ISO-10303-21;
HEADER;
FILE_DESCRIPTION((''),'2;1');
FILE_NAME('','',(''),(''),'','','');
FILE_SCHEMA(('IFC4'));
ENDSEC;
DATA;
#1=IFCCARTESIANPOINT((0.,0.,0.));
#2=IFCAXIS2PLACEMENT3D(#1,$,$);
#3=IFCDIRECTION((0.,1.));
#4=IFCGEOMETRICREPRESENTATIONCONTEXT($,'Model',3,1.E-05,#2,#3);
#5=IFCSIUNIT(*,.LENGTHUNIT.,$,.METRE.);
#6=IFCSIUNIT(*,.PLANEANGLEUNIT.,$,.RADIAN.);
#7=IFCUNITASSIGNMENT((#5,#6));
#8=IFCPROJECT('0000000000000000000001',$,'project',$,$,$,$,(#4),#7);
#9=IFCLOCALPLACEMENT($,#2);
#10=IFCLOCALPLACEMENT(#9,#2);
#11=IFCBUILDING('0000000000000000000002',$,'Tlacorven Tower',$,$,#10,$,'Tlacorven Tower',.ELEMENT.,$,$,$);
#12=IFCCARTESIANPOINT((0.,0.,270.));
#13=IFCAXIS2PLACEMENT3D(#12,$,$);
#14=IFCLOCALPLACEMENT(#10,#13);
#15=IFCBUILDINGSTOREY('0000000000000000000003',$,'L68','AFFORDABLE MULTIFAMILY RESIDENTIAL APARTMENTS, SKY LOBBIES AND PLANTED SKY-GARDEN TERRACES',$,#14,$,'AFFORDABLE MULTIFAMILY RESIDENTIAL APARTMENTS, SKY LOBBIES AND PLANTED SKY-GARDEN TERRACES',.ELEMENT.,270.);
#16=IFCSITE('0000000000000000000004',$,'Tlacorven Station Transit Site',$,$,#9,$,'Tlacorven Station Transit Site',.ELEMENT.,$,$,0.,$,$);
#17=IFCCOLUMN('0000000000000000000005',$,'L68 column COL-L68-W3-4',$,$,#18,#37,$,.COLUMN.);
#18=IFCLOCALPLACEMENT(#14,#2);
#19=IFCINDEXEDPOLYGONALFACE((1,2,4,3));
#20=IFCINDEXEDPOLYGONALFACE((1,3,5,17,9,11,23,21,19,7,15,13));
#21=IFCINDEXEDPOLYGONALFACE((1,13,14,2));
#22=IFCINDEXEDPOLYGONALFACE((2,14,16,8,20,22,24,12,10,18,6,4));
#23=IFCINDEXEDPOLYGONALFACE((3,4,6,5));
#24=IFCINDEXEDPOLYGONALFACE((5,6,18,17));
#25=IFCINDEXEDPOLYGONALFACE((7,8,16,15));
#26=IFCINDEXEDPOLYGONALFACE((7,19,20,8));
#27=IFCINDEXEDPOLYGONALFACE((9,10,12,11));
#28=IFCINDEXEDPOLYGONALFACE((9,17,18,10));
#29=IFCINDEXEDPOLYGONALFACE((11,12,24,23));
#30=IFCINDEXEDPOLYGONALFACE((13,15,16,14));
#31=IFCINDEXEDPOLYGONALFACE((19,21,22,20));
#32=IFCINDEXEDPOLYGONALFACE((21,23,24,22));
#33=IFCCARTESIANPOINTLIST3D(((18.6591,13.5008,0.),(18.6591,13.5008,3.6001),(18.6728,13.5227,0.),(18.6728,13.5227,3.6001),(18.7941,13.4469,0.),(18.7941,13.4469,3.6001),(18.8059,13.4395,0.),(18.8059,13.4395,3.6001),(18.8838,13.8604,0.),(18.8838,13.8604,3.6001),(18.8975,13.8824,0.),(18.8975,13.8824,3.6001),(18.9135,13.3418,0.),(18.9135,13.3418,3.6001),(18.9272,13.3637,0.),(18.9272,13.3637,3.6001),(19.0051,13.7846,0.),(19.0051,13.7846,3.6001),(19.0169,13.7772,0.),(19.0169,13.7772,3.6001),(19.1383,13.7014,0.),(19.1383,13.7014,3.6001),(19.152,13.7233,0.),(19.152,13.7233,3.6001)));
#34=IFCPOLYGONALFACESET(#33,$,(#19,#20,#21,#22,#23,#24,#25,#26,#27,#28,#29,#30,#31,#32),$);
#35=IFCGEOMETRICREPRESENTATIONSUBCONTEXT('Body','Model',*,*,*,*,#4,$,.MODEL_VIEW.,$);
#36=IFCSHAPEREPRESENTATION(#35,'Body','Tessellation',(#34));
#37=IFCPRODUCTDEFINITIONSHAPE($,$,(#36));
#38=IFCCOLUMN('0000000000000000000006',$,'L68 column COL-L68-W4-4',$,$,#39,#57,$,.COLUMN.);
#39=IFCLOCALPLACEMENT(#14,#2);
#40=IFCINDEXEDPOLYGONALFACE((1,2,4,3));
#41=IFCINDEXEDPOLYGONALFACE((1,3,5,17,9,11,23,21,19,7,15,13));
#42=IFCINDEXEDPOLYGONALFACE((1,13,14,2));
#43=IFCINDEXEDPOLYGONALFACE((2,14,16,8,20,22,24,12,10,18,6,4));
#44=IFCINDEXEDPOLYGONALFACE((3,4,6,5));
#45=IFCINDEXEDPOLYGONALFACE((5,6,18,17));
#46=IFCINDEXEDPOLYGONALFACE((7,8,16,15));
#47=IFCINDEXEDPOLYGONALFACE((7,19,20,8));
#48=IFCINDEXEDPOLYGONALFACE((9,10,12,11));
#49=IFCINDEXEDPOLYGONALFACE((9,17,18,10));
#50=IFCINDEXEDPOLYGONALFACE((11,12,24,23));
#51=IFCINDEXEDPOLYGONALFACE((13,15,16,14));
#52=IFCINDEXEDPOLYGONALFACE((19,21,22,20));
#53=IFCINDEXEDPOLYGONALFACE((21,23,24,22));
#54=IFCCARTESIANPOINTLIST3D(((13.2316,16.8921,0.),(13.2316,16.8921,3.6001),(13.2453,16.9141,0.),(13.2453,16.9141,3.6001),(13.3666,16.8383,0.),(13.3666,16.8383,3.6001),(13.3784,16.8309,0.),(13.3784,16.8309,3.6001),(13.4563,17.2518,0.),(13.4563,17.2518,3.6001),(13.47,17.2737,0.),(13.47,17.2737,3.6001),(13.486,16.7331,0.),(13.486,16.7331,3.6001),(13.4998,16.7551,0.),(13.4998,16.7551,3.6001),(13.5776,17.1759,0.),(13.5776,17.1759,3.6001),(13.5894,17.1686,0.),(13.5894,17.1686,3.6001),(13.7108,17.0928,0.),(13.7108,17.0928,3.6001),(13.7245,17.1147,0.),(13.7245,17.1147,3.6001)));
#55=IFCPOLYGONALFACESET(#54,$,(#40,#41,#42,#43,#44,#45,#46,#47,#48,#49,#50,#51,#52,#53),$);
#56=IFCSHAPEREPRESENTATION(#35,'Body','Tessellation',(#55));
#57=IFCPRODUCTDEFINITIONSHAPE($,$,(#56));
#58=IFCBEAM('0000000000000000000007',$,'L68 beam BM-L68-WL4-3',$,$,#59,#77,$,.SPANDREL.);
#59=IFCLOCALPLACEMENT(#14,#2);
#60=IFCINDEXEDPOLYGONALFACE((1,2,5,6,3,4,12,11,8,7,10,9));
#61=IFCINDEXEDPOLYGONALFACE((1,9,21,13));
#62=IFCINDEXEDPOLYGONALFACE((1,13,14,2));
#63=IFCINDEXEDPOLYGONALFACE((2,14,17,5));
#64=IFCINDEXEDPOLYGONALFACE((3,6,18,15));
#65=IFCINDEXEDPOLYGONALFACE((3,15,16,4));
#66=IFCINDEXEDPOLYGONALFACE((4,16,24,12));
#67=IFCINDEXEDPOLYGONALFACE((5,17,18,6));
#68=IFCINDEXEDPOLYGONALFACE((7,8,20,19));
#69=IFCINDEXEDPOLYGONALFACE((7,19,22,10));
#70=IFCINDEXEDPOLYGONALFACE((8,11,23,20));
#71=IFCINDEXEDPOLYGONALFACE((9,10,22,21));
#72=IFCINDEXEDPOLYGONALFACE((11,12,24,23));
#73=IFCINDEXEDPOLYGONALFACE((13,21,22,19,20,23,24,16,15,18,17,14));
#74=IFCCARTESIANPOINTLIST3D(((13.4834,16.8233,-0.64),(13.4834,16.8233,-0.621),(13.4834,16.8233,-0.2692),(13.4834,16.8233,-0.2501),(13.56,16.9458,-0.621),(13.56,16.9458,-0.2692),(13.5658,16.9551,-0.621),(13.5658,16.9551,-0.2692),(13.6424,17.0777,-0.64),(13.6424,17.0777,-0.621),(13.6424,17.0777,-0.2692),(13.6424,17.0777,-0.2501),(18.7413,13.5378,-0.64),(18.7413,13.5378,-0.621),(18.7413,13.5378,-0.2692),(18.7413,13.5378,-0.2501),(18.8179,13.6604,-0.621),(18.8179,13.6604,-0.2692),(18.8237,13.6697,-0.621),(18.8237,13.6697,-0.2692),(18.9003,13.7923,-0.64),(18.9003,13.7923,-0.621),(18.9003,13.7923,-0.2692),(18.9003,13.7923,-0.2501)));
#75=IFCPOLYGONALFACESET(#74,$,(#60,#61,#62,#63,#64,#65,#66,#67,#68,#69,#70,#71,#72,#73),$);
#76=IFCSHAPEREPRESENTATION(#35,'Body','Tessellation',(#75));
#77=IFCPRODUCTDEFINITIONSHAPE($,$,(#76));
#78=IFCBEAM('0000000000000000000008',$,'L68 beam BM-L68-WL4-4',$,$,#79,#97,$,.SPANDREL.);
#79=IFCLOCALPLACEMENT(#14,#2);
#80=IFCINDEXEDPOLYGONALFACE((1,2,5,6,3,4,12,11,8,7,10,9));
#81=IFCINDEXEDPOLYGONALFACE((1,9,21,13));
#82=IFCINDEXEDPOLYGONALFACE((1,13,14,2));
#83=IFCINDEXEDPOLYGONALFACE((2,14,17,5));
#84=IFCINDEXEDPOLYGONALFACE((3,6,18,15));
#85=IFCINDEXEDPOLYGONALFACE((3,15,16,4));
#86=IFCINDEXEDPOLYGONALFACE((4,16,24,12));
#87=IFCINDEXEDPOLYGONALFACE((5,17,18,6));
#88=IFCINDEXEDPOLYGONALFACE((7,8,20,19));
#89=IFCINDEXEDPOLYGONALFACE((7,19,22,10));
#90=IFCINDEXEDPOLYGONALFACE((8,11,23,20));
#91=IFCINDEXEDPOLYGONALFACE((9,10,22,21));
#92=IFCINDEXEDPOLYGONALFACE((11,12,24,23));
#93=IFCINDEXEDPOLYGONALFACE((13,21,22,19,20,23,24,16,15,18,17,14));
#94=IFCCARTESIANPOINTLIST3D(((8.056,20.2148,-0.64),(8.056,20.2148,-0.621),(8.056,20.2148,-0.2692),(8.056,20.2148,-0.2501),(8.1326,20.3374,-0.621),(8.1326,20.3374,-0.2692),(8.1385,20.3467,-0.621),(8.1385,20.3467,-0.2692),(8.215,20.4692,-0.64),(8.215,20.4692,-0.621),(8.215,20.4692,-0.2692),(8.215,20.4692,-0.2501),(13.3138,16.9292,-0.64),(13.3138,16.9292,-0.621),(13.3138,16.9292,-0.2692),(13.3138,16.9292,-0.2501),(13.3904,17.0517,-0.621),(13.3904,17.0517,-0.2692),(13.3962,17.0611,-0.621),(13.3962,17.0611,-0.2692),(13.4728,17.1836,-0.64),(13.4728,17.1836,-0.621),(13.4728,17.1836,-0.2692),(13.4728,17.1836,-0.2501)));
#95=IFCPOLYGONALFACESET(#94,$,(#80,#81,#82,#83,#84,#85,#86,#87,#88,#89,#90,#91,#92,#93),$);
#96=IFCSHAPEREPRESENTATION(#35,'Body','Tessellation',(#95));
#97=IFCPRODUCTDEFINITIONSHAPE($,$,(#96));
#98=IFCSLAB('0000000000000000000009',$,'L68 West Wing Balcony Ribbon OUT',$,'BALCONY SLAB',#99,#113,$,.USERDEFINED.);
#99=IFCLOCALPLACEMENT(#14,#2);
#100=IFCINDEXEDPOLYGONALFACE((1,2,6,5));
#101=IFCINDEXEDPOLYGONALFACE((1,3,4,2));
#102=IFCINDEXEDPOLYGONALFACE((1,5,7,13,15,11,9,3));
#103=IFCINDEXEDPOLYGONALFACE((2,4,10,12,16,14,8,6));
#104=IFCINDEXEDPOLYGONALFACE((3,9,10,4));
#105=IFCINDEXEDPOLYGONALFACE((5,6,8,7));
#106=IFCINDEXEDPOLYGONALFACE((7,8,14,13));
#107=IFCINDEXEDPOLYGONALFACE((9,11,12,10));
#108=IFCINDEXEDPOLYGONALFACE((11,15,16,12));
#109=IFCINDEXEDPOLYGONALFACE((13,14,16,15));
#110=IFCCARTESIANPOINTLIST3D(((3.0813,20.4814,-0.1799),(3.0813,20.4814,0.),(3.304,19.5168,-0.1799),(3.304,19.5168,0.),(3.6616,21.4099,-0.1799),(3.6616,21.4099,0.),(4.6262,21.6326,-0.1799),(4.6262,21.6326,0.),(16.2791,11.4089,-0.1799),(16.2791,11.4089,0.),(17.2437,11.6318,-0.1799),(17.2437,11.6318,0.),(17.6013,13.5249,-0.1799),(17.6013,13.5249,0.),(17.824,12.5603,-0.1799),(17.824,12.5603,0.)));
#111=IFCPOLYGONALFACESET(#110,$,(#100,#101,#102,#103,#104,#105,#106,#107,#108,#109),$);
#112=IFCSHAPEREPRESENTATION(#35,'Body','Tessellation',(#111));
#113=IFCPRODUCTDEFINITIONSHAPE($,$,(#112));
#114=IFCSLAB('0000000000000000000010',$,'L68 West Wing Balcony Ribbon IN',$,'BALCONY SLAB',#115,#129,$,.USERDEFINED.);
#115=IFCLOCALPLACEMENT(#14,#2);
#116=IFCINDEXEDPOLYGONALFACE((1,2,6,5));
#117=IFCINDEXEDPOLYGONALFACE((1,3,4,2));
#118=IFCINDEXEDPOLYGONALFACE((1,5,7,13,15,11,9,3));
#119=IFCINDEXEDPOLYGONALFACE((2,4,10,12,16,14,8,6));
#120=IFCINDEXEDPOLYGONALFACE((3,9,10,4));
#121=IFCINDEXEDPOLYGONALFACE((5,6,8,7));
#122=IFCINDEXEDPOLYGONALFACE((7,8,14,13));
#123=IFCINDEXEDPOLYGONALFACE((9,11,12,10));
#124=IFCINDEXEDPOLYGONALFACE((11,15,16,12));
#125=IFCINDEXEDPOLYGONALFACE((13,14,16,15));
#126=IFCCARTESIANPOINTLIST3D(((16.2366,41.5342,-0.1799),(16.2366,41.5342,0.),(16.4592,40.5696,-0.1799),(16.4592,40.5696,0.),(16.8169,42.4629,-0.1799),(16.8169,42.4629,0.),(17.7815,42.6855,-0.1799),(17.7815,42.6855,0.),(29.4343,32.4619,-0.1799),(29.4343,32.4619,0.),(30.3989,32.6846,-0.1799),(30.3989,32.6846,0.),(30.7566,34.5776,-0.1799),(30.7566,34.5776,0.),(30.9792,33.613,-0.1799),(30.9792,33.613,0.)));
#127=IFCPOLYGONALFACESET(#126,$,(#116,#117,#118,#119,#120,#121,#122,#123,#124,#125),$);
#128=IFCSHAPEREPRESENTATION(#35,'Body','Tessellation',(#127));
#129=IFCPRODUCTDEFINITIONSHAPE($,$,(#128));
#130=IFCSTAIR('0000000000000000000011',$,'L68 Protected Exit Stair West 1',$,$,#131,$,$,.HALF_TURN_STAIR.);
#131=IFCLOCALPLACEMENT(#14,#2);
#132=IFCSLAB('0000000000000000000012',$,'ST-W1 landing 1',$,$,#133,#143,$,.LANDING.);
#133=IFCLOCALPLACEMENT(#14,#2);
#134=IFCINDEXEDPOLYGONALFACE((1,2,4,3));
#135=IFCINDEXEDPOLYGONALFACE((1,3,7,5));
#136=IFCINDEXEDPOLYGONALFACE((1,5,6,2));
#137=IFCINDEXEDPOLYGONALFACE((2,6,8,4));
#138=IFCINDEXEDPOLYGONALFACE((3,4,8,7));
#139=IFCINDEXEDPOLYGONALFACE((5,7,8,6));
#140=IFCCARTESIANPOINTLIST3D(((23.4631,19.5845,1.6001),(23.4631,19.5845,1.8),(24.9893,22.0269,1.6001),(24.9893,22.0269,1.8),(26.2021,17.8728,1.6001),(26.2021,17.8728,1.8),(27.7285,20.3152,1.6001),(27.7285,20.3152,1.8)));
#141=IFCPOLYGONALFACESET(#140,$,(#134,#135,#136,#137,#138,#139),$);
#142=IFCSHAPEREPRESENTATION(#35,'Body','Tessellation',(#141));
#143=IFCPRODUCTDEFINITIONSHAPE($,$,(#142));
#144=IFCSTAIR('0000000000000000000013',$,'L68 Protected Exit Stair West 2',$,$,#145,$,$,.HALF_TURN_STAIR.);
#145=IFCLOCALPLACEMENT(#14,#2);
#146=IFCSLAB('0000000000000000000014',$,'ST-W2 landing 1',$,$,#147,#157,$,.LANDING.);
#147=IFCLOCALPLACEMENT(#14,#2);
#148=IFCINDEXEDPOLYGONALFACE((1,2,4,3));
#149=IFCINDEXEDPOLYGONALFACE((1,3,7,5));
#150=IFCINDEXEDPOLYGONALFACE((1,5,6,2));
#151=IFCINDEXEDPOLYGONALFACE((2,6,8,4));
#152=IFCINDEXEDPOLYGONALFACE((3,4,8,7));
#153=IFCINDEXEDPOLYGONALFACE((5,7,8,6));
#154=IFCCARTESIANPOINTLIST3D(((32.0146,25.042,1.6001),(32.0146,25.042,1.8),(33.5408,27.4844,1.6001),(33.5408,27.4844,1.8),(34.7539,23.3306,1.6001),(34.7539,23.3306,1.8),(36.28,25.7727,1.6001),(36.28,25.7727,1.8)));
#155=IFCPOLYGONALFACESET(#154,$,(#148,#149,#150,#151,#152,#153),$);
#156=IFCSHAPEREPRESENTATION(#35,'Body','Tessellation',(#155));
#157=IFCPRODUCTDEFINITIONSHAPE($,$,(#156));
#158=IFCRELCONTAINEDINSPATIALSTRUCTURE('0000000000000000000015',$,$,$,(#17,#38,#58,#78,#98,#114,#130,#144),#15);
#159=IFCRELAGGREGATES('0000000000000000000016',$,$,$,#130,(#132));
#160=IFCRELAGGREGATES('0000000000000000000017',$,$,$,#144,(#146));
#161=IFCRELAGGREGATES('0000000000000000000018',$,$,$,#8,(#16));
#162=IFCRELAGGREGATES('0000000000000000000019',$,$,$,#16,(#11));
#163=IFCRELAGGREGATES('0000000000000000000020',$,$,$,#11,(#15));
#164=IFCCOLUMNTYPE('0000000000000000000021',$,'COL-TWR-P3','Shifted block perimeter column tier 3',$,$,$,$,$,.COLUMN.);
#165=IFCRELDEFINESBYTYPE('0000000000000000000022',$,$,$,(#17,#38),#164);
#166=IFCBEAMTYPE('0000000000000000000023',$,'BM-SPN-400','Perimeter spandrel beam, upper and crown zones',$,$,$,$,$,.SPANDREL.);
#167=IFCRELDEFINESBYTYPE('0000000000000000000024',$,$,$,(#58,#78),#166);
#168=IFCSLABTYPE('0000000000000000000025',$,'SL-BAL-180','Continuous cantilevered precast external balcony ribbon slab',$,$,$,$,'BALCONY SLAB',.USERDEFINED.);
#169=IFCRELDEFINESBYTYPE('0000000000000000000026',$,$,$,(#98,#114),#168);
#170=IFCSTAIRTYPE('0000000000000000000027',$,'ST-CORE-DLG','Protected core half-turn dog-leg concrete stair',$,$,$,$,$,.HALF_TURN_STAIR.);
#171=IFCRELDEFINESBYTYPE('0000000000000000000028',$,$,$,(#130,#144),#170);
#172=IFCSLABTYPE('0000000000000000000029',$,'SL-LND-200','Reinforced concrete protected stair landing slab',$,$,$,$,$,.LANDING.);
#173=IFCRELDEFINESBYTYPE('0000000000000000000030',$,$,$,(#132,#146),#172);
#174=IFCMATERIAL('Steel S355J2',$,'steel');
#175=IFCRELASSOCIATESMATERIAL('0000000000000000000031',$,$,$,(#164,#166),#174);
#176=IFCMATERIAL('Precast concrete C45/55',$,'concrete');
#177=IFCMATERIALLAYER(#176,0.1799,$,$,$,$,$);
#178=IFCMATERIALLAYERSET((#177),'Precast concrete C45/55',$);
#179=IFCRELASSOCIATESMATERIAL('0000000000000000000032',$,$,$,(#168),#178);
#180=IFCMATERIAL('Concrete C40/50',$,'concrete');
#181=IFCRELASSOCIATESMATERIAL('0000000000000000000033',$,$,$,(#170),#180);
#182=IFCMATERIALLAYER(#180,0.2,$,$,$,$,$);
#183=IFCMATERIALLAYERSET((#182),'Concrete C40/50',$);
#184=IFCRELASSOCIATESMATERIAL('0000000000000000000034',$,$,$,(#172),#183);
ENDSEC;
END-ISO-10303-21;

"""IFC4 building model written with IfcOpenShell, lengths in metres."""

from ifc_helpers import new_model, si_unit, direction, frame, origin, origin_2d, place, context, subcontext, project, spatial, polyline, i_section, outline, extrude, source, transform, mapped, material, layer, layer_set, material_profile, profile_set, type_object, element, aggregate, save


model = new_model("IFC4")

# Units and contexts
model_context = context("Model", 3, precision=1e-05, world=origin(), true_north=direction((0.0, 1.0)))
body_context = subcontext(model_context, "Body", "Model", "MODEL_VIEW")
ifc_project = project(units=[si_unit("LENGTHUNIT", "METRE"), si_unit("PLANEANGLEUNIT", "RADIAN")], contexts=[model_context])

# Site, building, storey
site_placement = place(None, origin())
site = spatial("IfcSite", under=ifc_project, at=site_placement, Name="Tlacorven Station Transit Site", LongName="Tlacorven Station Transit Site", CompositionType="ELEMENT", RefElevation=0.0)
building_placement = place(site_placement, origin())
building = spatial("IfcBuilding", under=site, at=building_placement, Name="Tlacorven Tower", LongName="Tlacorven Tower", CompositionType="ELEMENT")
storey_placement = place(building_placement, frame((0.0, 0.0, 270.0)))
storey = spatial("IfcBuildingStorey", under=building, at=storey_placement, Name="L68", Description="AFFORDABLE MULTIFAMILY RESIDENTIAL APARTMENTS, SKY LOBBIES AND PLANTED SKY-GARDEN TERRACES", LongName="AFFORDABLE MULTIFAMILY RESIDENTIAL APARTMENTS, SKY LOBBIES AND PLANTED SKY-GARDEN TERRACES", CompositionType="ELEMENT", Elevation=270.0)

# Columns
ifc_material_1 = material(Name="Steel S355J2", Category="steel")
ifc_material_profile_1 = material_profile(ifc_material_1, i_section(OverallWidth=0.3, OverallDepth=0.45, WebThickness=0.0139, FlangeThickness=0.0259, at=origin_2d()), Name="HEB 450")
ifc_profile_set_1 = profile_set([ifc_material_profile_1], Name="Steel S355J2")
column_type = type_object("IfcColumnType", Name="COL-TWR-P3", Description="Shifted block perimeter column tier 3", PredefinedType="COLUMN", material=ifc_profile_set_1)
shared_shape_1 = source(origin(), body_context, "Body", "SweptSolid", [
    extrude(i_section(OverallWidth=0.3, OverallDepth=0.45, WebThickness=0.0139, FlangeThickness=0.0259, at=origin_2d()), origin(), (0.0, 0.0, 1.0), 3.6001),
])
for number, where, z_axis, x_axis, name in (
    (1, (18.9055, 13.6121, 0.0), (0.0, 0.0, 1.0), (-0.848048, 0.529919, 0.0), "L68 column COL-L68-W3-4"),
    (2, (13.478, 17.0034, 0.0), (0.0, 0.0, 1.0), (-0.848048, 0.529919, 0.0), "L68 column COL-L68-W4-4"),
):
    element("IfcColumn", number, at=place(storey_placement, frame(where, z_axis=z_axis, x_axis=x_axis)), inside=storey, type_object=column_type, Name=name, PredefinedType="COLUMN", context=body_context, shape_type="MappedRepresentation", body=[
        mapped(shared_shape_1, transform((0.0, 0.0, 0.0), scale=1.0)),
    ])

# Beams
ifc_material_profile_2 = material_profile(ifc_material_1, i_section(OverallWidth=0.3, OverallDepth=0.3899, WebThickness=0.011, FlangeThickness=0.019, at=origin_2d()), Name="HEA 400")
ifc_profile_set_2 = profile_set([ifc_material_profile_2], Name="Steel S355J2")
beam_type = type_object("IfcBeamType", Name="BM-SPN-400", Description="Perimeter spandrel beam, upper and crown zones", PredefinedType="SPANDREL", material=ifc_profile_set_2)
shared_shape_2 = source(origin(), body_context, "Body", "SweptSolid", [
    extrude(i_section(OverallWidth=0.3, OverallDepth=0.3899, WebThickness=0.011, FlangeThickness=0.019, at=origin_2d()), origin(), (0.0, 0.0, 1.0), 6.2),
])
for number, where, z_axis, x_axis, name in (
    (3, (18.8208, 13.665, -0.4451), (-0.848051, 0.529914, 0.0), (-0.529914, -0.848051, 0.0), "L68 beam BM-L68-WL4-3"),
    (4, (13.3933, 17.0564, -0.4451), (-0.848034, 0.529942, 0.0), (-0.529942, -0.848034, 0.0), "L68 beam BM-L68-WL4-4"),
):
    element("IfcBeam", number, at=place(storey_placement, frame(where, z_axis=z_axis, x_axis=x_axis)), inside=storey, type_object=beam_type, Name=name, PredefinedType="SPANDREL", context=body_context, shape_type="MappedRepresentation", body=[
        mapped(shared_shape_2, transform((0.0, 0.0, 0.0), scale=1.0)),
    ])

# Slabs
ifc_material_2 = material(Name="Precast concrete C45/55", Category="concrete")
ifc_layer_1 = layer(ifc_material_2, 0.1799)
ifc_layer_set_1 = layer_set([ifc_layer_1], Name="Precast concrete C45/55")
slab_type_1 = type_object("IfcSlabType", Name="SL-BAL-180", Description="Continuous cantilevered precast external balcony ribbon slab", ElementType="BALCONY SLAB", PredefinedType="USERDEFINED", material=ifc_layer_set_1)
slab_1_placement = place(storey_placement, frame((0.0, 0.0, -0.1799)))
element("IfcSlab", 5, at=slab_1_placement, inside=storey, type_object=slab_type_1, Name="L68 West Wing Balcony Ribbon OUT", ObjectType="BALCONY SLAB", PredefinedType="USERDEFINED", context=body_context, shape_type="SweptSolid", body=[
    extrude(outline(polyline([(17.6013, 13.5249), (4.6262, 21.6326), (3.6616, 21.4099), (3.0813, 20.4814), (3.304, 19.5168), (16.2791, 11.4089), (17.2437, 11.6318), (17.824, 12.5603), (17.6013, 13.5249)])), origin(), (0.0, 0.0, 1.0), 0.1799),
])
slab_2_placement = place(storey_placement, frame((0.0, 0.0, -0.1799)))
element("IfcSlab", 6, at=slab_2_placement, inside=storey, type_object=slab_type_1, Name="L68 West Wing Balcony Ribbon IN", ObjectType="BALCONY SLAB", PredefinedType="USERDEFINED", context=body_context, shape_type="SweptSolid", body=[
    extrude(outline(polyline([(30.7566, 34.5776), (17.7815, 42.6855), (16.8169, 42.4629), (16.2366, 41.5342), (16.4592, 40.5696), (29.4343, 32.4619), (30.3989, 32.6846), (30.9792, 33.613), (30.7566, 34.5776)])), origin(), (0.0, 0.0, 1.0), 0.1799),
])

# Stairs, slabs
ifc_material_3 = material(Name="Concrete C40/50", Category="concrete")
stair_type = type_object("IfcStairType", Name="ST-CORE-DLG", Description="Protected core half-turn dog-leg concrete stair", PredefinedType="HALF_TURN_STAIR", material=ifc_material_3)
stair_1_placement = place(storey_placement, origin())
stair_1 = element("IfcStair", 7, at=stair_1_placement, inside=storey, type_object=stair_type, Name="L68 Protected Exit Stair West 1", PredefinedType="HALF_TURN_STAIR")
ifc_layer_2 = layer(ifc_material_3, 0.2)
ifc_layer_set_2 = layer_set([ifc_layer_2], Name="Concrete C40/50")
slab_type_2 = type_object("IfcSlabType", Name="SL-LND-200", Description="Reinforced concrete protected stair landing slab", PredefinedType="LANDING", material=ifc_layer_set_2)
slab_3_placement = place(storey_placement, frame((0.0, 0.0, 1.6001)))
slab_3 = element("IfcSlab", 8, at=slab_3_placement, type_object=slab_type_2, Name="ST-W1 landing 1", PredefinedType="LANDING", context=body_context, shape_type="SweptSolid", body=[
    extrude(outline(polyline([(27.7285, 20.3152), (24.9893, 22.0269), (23.4631, 19.5845), (26.2021, 17.8728), (27.7285, 20.3152)])), origin(), (0.0, 0.0, 1.0), 0.2),
])
aggregate(stair_1, [slab_3])
stair_2_placement = place(storey_placement, origin())
stair_2 = element("IfcStair", 9, at=stair_2_placement, inside=storey, type_object=stair_type, Name="L68 Protected Exit Stair West 2", PredefinedType="HALF_TURN_STAIR")
slab_4_placement = place(storey_placement, frame((0.0, 0.0, 1.6001)))
slab_4 = element("IfcSlab", 10, at=slab_4_placement, type_object=slab_type_2, Name="ST-W2 landing 1", PredefinedType="LANDING", context=body_context, shape_type="SweptSolid", body=[
    extrude(outline(polyline([(36.28, 25.7727), (33.5408, 27.4844), (32.0146, 25.042), (34.7539, 23.3306), (36.28, 25.7727)])), origin(), (0.0, 0.0, 1.0), 0.2),
])
aggregate(stair_2, [slab_4])

save(model, "model.ifc")
